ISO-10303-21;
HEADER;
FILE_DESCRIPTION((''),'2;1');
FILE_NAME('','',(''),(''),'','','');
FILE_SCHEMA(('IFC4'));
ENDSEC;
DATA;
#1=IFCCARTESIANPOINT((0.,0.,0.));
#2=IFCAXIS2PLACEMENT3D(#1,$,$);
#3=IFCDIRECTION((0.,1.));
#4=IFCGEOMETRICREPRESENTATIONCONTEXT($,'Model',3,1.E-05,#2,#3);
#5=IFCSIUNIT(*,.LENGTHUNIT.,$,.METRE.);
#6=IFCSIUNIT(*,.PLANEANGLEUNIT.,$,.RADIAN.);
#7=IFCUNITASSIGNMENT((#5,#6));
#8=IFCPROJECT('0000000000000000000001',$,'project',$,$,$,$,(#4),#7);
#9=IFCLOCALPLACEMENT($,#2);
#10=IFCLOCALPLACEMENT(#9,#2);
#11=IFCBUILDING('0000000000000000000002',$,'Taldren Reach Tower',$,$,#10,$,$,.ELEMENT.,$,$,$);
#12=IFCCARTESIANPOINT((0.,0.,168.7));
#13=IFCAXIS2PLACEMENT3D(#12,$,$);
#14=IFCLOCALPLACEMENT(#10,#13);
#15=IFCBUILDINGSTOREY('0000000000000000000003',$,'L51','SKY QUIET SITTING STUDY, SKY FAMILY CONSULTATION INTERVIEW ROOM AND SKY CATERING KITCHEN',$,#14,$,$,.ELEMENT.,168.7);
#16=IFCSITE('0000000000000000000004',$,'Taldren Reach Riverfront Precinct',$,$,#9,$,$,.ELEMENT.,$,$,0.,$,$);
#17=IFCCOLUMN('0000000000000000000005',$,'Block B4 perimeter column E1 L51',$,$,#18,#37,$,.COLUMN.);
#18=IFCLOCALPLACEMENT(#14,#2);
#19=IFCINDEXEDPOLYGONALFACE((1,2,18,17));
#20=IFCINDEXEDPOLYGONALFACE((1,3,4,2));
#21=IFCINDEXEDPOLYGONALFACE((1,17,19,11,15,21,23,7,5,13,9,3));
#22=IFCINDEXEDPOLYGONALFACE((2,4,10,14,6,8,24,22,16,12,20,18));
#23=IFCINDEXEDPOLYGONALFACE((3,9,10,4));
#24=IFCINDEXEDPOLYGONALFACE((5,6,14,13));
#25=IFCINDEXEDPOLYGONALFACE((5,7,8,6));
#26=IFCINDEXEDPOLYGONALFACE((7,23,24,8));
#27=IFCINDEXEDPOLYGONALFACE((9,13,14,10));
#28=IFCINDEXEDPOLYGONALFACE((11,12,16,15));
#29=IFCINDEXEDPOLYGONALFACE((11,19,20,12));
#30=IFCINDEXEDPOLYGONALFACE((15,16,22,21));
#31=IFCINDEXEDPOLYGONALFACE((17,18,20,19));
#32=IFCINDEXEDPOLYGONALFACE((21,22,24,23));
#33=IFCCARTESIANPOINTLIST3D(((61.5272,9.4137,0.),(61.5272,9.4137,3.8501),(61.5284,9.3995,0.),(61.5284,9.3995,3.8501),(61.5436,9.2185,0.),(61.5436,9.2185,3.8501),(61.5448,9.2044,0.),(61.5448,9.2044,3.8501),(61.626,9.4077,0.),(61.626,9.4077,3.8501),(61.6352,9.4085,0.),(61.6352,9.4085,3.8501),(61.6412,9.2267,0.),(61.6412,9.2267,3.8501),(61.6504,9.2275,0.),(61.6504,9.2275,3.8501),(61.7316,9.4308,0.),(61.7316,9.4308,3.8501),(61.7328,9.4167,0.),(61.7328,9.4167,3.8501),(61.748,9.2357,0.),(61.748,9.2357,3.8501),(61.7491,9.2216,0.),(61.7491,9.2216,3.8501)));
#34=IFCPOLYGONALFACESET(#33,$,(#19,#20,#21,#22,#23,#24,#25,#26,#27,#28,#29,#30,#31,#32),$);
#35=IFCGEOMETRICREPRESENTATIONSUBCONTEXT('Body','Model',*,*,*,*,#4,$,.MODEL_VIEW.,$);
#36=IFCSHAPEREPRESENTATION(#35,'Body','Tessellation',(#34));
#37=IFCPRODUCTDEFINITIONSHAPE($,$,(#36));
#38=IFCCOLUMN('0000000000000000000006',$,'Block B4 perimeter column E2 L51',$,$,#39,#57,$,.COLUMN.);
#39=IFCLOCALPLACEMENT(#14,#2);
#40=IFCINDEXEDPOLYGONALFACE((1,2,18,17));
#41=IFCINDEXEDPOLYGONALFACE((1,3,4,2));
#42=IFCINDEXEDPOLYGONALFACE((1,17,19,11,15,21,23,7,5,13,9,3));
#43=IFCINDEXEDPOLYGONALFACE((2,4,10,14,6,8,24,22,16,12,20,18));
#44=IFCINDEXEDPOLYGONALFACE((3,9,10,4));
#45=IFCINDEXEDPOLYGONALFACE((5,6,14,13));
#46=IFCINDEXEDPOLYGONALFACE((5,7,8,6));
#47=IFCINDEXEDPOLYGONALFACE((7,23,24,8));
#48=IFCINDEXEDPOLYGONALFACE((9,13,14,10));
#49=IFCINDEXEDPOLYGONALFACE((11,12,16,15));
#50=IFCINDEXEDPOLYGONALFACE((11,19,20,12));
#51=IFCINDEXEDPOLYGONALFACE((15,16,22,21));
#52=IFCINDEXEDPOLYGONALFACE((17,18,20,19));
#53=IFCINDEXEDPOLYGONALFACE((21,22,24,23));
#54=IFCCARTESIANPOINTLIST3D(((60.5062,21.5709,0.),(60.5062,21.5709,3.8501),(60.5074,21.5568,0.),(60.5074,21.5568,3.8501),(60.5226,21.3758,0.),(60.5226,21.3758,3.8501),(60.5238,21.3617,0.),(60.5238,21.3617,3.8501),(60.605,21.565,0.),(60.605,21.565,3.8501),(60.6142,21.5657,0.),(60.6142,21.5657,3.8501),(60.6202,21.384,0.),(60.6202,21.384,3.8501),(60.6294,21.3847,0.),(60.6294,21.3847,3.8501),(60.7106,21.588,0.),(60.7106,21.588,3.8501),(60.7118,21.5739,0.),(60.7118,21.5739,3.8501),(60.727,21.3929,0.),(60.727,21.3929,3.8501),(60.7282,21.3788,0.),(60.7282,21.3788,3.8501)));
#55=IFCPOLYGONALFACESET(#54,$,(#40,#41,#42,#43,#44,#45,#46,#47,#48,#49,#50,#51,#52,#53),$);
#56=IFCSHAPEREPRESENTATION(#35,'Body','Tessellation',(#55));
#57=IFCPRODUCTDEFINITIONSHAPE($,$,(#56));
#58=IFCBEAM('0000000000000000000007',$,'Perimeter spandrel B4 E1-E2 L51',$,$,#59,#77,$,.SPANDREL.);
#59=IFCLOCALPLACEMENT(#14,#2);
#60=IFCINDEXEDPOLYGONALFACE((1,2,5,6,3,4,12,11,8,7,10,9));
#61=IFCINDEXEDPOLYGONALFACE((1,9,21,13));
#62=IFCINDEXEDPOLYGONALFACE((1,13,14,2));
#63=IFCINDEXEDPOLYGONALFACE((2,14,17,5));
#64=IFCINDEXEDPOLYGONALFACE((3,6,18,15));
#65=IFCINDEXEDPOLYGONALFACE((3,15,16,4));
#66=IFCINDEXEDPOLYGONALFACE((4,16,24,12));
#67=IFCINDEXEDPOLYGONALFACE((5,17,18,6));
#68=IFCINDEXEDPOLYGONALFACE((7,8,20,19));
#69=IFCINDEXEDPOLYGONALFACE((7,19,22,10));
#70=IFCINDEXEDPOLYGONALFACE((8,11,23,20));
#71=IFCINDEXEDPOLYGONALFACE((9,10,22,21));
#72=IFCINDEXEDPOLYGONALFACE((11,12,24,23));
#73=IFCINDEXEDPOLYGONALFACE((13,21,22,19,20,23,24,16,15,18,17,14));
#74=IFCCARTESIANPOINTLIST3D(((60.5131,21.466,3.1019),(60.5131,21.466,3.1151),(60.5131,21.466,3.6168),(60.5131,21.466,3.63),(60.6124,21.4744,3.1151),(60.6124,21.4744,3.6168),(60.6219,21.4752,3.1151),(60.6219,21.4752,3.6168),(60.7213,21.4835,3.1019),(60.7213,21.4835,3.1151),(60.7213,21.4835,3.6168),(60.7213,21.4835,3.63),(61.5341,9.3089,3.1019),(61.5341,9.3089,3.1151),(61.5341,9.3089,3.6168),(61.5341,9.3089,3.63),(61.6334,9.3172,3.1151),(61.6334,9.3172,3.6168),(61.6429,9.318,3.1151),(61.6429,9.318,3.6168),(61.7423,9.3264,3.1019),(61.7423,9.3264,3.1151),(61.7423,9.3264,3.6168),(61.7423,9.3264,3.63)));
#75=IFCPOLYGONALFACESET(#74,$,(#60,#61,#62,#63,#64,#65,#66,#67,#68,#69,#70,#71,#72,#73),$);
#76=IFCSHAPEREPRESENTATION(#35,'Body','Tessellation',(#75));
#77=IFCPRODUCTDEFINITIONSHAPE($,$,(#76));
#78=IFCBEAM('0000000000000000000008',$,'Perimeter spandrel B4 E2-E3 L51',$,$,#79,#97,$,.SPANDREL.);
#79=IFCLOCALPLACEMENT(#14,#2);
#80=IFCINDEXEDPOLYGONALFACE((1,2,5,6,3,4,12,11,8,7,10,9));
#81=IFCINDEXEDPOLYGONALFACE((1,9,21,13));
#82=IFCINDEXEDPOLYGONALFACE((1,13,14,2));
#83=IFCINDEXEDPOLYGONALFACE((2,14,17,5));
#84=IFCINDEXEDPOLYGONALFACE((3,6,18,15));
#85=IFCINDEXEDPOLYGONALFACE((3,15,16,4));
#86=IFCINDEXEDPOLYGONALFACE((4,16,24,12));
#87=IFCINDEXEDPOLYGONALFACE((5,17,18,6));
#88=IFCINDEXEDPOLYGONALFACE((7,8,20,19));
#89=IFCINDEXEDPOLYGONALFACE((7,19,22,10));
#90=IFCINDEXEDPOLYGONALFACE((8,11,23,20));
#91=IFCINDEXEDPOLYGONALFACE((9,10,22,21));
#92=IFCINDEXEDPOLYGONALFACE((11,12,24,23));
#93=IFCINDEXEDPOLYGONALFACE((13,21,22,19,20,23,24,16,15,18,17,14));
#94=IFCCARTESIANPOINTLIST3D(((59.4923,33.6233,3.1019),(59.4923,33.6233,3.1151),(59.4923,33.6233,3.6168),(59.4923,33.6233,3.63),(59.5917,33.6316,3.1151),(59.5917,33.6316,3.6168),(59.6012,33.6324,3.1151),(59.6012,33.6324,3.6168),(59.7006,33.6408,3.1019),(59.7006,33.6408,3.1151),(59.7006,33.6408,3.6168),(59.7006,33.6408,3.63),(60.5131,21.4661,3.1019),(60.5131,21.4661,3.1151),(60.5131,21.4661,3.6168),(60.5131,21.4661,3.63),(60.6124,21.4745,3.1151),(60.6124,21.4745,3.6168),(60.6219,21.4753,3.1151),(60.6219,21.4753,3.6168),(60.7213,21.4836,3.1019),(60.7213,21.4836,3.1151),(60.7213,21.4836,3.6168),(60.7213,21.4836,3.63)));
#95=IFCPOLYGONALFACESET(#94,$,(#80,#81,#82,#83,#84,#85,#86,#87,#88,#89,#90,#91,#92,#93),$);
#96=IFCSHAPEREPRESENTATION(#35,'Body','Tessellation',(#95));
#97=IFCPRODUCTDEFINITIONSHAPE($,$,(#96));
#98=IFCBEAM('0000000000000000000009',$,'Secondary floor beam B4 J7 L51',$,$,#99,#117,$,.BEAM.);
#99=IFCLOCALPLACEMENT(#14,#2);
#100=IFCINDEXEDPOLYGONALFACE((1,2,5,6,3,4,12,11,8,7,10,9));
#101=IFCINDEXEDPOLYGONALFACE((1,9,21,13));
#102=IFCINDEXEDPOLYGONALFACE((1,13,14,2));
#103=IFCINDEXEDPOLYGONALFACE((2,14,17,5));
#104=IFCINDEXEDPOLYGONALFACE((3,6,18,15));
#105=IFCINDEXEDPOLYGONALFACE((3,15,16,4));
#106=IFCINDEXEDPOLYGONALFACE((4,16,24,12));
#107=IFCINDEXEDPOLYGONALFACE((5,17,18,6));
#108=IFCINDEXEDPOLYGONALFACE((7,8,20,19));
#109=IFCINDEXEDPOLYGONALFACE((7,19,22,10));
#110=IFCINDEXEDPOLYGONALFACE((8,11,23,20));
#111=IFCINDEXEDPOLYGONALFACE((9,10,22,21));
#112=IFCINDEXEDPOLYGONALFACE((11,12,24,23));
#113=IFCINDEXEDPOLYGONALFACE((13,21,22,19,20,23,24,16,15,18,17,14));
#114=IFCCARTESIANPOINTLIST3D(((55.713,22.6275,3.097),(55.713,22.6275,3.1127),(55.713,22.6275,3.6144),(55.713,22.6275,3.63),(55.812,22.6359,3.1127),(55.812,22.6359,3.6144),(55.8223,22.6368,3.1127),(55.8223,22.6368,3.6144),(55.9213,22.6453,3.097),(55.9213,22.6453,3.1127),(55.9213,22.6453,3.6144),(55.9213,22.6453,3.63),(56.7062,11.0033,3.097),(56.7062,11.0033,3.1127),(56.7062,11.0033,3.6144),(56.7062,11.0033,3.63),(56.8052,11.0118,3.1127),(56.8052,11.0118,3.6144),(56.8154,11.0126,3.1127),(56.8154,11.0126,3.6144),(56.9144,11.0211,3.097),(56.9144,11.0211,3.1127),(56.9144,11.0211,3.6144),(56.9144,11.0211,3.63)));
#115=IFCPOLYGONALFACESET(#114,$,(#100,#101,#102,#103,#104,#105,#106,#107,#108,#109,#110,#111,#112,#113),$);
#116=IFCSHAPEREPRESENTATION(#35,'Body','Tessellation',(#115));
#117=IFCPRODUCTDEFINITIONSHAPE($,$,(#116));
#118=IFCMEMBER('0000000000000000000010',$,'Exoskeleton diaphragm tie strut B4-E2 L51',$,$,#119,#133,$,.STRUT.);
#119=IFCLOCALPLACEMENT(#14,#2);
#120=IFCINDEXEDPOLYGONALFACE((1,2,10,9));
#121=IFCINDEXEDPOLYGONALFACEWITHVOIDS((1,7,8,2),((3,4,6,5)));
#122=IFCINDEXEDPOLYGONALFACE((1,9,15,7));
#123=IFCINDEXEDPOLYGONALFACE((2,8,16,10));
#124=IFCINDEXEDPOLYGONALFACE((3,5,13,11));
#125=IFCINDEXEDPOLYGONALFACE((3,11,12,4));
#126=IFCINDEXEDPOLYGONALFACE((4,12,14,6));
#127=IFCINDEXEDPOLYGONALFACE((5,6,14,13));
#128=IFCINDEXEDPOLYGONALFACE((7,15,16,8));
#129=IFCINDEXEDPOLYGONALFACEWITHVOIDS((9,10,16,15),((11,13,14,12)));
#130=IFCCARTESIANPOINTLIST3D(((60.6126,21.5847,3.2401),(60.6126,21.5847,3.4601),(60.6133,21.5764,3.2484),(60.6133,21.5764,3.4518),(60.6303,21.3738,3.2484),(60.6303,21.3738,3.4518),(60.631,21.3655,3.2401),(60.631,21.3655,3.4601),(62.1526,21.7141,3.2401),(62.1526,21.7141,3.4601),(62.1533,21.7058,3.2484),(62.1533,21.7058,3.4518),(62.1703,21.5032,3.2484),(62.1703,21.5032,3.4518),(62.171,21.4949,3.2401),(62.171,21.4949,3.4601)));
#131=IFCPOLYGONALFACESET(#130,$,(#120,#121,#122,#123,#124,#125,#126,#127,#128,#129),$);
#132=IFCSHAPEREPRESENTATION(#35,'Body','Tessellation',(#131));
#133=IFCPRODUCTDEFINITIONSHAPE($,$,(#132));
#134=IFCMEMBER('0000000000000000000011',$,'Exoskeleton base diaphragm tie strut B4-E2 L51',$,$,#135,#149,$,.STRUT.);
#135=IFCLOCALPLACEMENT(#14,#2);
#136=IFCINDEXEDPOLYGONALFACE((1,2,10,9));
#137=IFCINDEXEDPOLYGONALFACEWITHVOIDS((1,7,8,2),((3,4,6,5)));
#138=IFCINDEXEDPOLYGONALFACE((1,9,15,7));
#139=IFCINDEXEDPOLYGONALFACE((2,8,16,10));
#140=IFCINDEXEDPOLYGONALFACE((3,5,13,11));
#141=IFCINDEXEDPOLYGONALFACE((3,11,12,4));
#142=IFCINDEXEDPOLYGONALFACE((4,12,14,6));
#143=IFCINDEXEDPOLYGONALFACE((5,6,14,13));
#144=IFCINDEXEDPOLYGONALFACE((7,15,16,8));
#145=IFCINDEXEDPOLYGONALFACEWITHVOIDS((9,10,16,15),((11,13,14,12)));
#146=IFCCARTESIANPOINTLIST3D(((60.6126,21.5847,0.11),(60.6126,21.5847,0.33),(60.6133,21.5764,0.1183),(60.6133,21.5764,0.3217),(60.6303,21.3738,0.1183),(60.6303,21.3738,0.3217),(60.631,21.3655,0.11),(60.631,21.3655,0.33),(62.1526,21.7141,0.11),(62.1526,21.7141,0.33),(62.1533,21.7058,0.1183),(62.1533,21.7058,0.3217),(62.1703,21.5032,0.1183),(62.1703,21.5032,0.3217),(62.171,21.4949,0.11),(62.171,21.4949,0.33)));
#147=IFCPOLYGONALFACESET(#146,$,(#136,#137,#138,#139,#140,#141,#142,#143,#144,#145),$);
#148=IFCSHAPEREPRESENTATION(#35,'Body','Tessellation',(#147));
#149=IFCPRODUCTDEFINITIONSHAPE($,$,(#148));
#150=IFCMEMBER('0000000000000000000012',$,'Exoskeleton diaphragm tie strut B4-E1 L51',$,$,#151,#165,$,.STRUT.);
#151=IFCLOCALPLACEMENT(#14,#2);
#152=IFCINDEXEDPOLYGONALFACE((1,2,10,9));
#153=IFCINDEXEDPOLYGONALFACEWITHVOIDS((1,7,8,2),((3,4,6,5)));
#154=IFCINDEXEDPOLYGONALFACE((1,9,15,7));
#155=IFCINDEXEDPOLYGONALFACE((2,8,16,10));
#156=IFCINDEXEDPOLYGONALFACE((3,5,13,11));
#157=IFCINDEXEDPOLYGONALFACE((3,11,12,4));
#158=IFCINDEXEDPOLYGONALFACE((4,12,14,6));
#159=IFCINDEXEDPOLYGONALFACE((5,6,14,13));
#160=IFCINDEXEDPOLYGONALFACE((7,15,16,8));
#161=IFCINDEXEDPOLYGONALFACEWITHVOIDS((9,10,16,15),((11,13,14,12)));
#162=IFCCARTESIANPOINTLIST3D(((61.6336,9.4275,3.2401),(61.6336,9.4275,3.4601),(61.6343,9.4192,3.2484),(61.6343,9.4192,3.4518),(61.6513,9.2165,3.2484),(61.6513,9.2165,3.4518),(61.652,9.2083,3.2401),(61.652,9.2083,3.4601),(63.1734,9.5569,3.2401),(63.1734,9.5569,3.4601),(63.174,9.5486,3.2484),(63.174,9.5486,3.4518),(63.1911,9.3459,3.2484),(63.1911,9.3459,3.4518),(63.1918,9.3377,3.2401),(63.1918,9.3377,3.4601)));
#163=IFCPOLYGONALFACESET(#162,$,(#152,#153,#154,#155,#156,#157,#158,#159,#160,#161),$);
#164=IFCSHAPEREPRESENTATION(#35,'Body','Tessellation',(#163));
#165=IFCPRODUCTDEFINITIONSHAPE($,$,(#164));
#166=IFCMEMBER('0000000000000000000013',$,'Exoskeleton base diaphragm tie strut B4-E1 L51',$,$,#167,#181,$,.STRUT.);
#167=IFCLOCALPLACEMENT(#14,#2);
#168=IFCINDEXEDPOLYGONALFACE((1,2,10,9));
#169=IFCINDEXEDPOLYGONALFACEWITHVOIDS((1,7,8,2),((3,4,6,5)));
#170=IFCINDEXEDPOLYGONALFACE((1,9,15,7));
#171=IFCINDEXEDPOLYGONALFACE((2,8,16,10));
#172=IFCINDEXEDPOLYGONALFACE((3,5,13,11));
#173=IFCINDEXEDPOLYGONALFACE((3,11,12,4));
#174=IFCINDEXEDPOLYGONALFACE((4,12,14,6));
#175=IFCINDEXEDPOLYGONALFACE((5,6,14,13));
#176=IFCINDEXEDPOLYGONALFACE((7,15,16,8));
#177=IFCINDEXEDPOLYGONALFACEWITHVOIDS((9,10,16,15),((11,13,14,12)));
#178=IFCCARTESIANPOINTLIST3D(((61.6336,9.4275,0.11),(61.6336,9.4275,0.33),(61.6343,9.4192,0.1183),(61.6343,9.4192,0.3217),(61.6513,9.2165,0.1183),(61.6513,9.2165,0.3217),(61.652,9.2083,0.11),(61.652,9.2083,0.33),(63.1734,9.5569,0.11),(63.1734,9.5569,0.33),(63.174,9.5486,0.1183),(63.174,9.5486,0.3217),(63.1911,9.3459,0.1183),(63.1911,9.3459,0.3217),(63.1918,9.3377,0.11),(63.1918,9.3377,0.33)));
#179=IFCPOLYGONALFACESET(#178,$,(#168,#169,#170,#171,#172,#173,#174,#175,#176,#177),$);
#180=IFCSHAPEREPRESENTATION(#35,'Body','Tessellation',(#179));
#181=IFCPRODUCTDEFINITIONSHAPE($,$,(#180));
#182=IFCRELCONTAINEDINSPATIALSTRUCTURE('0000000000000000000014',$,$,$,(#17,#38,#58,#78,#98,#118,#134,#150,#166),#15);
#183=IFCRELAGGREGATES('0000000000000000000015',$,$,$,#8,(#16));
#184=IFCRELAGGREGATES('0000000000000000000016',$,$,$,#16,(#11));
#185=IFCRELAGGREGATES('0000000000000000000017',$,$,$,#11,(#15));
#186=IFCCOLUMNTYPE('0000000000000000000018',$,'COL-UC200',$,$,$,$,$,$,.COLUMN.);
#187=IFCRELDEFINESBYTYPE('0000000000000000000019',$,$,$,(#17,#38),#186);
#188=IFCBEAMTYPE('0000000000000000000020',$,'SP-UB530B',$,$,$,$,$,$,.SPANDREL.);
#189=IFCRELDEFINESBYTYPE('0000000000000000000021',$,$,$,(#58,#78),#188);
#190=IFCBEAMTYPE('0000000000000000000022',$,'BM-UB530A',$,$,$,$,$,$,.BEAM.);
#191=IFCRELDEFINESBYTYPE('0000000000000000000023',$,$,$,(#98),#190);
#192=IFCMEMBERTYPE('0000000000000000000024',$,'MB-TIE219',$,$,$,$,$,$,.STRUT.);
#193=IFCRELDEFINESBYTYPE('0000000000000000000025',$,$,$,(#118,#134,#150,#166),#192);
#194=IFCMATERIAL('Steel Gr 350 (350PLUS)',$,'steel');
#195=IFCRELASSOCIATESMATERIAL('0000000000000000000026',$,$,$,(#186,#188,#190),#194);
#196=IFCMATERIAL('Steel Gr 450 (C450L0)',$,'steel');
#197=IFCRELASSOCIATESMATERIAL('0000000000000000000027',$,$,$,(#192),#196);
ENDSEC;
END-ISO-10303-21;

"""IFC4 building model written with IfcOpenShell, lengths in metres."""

from ifc_helpers import new_model, si_unit, direction, frame, origin, origin_2d, place, context, subcontext, project, spatial, hollow_rectangle, i_section, extrude, source, transform, mapped, material, material_profile, profile_set, type_object, element, save


model = new_model("IFC4")

# Units and contexts
model_context = context("Model", 3, precision=1e-05, world=origin(), true_north=direction((0.0, 1.0)))
body_context = subcontext(model_context, "Body", "Model", "MODEL_VIEW")
ifc_project = project(units=[si_unit("LENGTHUNIT", "METRE"), si_unit("PLANEANGLEUNIT", "RADIAN")], contexts=[model_context])

# Site, building, storey
site_placement = place(None, origin())
site = spatial("IfcSite", under=ifc_project, at=site_placement, Name="Taldren Reach Riverfront Precinct", CompositionType="ELEMENT", RefElevation=0.0)
building_placement = place(site_placement, origin())
building = spatial("IfcBuilding", under=site, at=building_placement, Name="Taldren Reach Tower", CompositionType="ELEMENT")
storey_placement = place(building_placement, frame((0.0, 0.0, 168.7)))
storey = spatial("IfcBuildingStorey", under=building, at=storey_placement, Name="L51", Description="SKY QUIET SITTING STUDY, SKY FAMILY CONSULTATION INTERVIEW ROOM AND SKY CATERING KITCHEN", CompositionType="ELEMENT", Elevation=168.7)

# Columns
ifc_material_1 = material(Name="Steel Gr 350 (350PLUS)", Category="steel")
ifc_material_profile_1 = material_profile(ifc_material_1, i_section(OverallWidth=0.2051, OverallDepth=0.21, WebThickness=0.0093, FlangeThickness=0.0142, at=origin_2d()), Name="200UC59.5")
ifc_profile_set_1 = profile_set([ifc_material_profile_1], Name="Steel Gr 350 (350PLUS)")
column_type = type_object("IfcColumnType", Name="COL-UC200", PredefinedType="COLUMN", material=ifc_profile_set_1)
shared_shape_1 = source(origin(), body_context, "Body", "SweptSolid", [
    extrude(i_section(OverallWidth=0.2051, OverallDepth=0.21, WebThickness=0.0093, FlangeThickness=0.0142, at=origin_2d()), origin(), (0.0, 0.0, 1.0), 3.8501),
])
for number, where, z_axis, x_axis, name in (
    (1, (61.6382, 9.3176, 0.0), (0.0, 0.0, 1.0), (0.996493, 0.083678, 0.0), "Block B4 perimeter column E1 L51"),
    (2, (60.6172, 21.4749, 0.0), (0.0, 0.0, 1.0), (0.996493, 0.083678, 0.0), "Block B4 perimeter column E2 L51"),
):
    element("IfcColumn", number, at=place(storey_placement, frame(where, z_axis=z_axis, x_axis=x_axis)), inside=storey, type_object=column_type, Name=name, PredefinedType="COLUMN", context=body_context, shape_type="MappedRepresentation", body=[
        mapped(shared_shape_1, transform((0.0, 0.0, 0.0), scale=1.0)),
    ])

# Beams
ifc_material_profile_2 = material_profile(ifc_material_1, i_section(OverallWidth=0.209, OverallDepth=0.5281, WebThickness=0.0095, FlangeThickness=0.0132, at=origin_2d()), Name="530UB82.0")
ifc_profile_set_2 = profile_set([ifc_material_profile_2], Name="Steel Gr 350 (350PLUS)")
beam_type_1 = type_object("IfcBeamType", Name="SP-UB530B", PredefinedType="SPANDREL", material=ifc_profile_set_2)
shared_shape_2 = source(origin(), body_context, "Body", "SweptSolid", [
    extrude(i_section(OverallWidth=0.209, OverallDepth=0.5281, WebThickness=0.0095, FlangeThickness=0.0132, at=origin_2d()), origin(), (0.0, 0.0, 1.0), 12.2),
])
for number, where, z_axis, x_axis, name in (
    (3, (61.6382, 9.3176, 3.366), (-0.083688, 0.996492, 0.0), (-0.996492, -0.083688, 0.0), "Perimeter spandrel B4 E1-E2 L51"),
    (4, (60.6172, 21.4749, 3.366), (-0.083668, 0.996494, 0.0), (-0.996494, -0.083668, 0.0), "Perimeter spandrel B4 E2-E3 L51"),
):
    element("IfcBeam", number, at=place(storey_placement, frame(where, z_axis=z_axis, x_axis=x_axis)), inside=storey, type_object=beam_type_1, Name=name, PredefinedType="SPANDREL", context=body_context, shape_type="MappedRepresentation", body=[
        mapped(shared_shape_2, transform((0.0, 0.0, 0.0), scale=1.0)),
    ])
ifc_material_profile_3 = material_profile(ifc_material_1, i_section(OverallWidth=0.209, OverallDepth=0.533, WebThickness=0.0103, FlangeThickness=0.0156, at=origin_2d()), Name="530UB92.4")
ifc_profile_set_3 = profile_set([ifc_material_profile_3], Name="Steel Gr 350 (350PLUS)")
beam_type_2 = type_object("IfcBeamType", Name="BM-UB530A", PredefinedType="BEAM", material=ifc_profile_set_3)
shared_shape_3 = source(origin(), body_context, "Body", "SweptSolid", [
    extrude(i_section(OverallWidth=0.209, OverallDepth=0.533, WebThickness=0.0103, FlangeThickness=0.0156, at=origin_2d()), origin(), (0.0, 0.0, 1.0), 11.6665),
])
beam_placement = place(storey_placement, frame((56.8103, 11.0122, 3.3635), z_axis=(-0.085129, 0.99637, 0.0), x_axis=(-0.99637, -0.085129, 0.0)))
element("IfcBeam", 5, at=beam_placement, inside=storey, type_object=beam_type_2, Name="Secondary floor beam B4 J7 L51", PredefinedType="BEAM", context=body_context, shape_type="MappedRepresentation", body=[
    mapped(shared_shape_3, transform((0.0, 0.0, 0.0), scale=1.0)),
])

# Members
ifc_material_2 = material(Name="Steel Gr 450 (C450L0)", Category="steel")
ifc_material_profile_4 = material_profile(ifc_material_2, hollow_rectangle(XDim=0.22, YDim=0.22, WallThickness=0.0083, at=origin_2d()), Name="220x220x8.2SHS")
ifc_profile_set_4 = profile_set([ifc_material_profile_4], Name="Steel Gr 450 (C450L0)")
member_type_1 = type_object("IfcMemberType", Name="MB-TIE219", PredefinedType="STRUT", material=ifc_profile_set_4)
shared_shape_4 = source(origin(), body_context, "Body", "SweptSolid", [
    extrude(hollow_rectangle(XDim=0.22, YDim=0.22, WallThickness=0.0083, at=origin_2d()), origin(), (0.0, 0.0, 1.0), 1.5454),
])
for number, where, z_axis, x_axis, name in (
    (6, (60.6218, 21.4751, 3.3501), (0.996489, 0.083725, 0.0), (-0.083725, 0.996489, 0.0), "Exoskeleton diaphragm tie strut B4-E2 L51"),
    (7, (60.6218, 21.4751, 0.22), (0.996489, 0.083725, 0.0), (-0.083725, 0.996489, 0.0), "Exoskeleton base diaphragm tie strut B4-E2 L51"),
):
    element("IfcMember", number, at=place(storey_placement, frame(where, z_axis=z_axis, x_axis=x_axis)), inside=storey, type_object=member_type_1, Name=name, PredefinedType="STRUT", context=body_context, shape_type="MappedRepresentation", body=[
        mapped(shared_shape_4, transform((0.0, 0.0, 0.0), scale=1.0)),
    ])
shared_shape_5 = source(origin(), body_context, "Body", "SweptSolid", [
    extrude(hollow_rectangle(XDim=0.22, YDim=0.22, WallThickness=0.0083, at=origin_2d()), origin(), (0.0, 0.0, 1.0), 1.5452),
])
for number, where, z_axis, x_axis, name in (
    (8, (61.6428, 9.3179, 3.3501), (0.996488, 0.083738, 0.0), (-0.083738, 0.996488, 0.0), "Exoskeleton diaphragm tie strut B4-E1 L51"),
    (9, (61.6428, 9.3179, 0.22), (0.996488, 0.083738, 0.0), (-0.083738, 0.996488, 0.0), "Exoskeleton base diaphragm tie strut B4-E1 L51"),
):
    element("IfcMember", number, at=place(storey_placement, frame(where, z_axis=z_axis, x_axis=x_axis)), inside=storey, type_object=member_type_1, Name=name, PredefinedType="STRUT", context=body_context, shape_type="MappedRepresentation", body=[
        mapped(shared_shape_5, transform((0.0, 0.0, 0.0), scale=1.0)),
    ])

save(model, "model.ifc")
